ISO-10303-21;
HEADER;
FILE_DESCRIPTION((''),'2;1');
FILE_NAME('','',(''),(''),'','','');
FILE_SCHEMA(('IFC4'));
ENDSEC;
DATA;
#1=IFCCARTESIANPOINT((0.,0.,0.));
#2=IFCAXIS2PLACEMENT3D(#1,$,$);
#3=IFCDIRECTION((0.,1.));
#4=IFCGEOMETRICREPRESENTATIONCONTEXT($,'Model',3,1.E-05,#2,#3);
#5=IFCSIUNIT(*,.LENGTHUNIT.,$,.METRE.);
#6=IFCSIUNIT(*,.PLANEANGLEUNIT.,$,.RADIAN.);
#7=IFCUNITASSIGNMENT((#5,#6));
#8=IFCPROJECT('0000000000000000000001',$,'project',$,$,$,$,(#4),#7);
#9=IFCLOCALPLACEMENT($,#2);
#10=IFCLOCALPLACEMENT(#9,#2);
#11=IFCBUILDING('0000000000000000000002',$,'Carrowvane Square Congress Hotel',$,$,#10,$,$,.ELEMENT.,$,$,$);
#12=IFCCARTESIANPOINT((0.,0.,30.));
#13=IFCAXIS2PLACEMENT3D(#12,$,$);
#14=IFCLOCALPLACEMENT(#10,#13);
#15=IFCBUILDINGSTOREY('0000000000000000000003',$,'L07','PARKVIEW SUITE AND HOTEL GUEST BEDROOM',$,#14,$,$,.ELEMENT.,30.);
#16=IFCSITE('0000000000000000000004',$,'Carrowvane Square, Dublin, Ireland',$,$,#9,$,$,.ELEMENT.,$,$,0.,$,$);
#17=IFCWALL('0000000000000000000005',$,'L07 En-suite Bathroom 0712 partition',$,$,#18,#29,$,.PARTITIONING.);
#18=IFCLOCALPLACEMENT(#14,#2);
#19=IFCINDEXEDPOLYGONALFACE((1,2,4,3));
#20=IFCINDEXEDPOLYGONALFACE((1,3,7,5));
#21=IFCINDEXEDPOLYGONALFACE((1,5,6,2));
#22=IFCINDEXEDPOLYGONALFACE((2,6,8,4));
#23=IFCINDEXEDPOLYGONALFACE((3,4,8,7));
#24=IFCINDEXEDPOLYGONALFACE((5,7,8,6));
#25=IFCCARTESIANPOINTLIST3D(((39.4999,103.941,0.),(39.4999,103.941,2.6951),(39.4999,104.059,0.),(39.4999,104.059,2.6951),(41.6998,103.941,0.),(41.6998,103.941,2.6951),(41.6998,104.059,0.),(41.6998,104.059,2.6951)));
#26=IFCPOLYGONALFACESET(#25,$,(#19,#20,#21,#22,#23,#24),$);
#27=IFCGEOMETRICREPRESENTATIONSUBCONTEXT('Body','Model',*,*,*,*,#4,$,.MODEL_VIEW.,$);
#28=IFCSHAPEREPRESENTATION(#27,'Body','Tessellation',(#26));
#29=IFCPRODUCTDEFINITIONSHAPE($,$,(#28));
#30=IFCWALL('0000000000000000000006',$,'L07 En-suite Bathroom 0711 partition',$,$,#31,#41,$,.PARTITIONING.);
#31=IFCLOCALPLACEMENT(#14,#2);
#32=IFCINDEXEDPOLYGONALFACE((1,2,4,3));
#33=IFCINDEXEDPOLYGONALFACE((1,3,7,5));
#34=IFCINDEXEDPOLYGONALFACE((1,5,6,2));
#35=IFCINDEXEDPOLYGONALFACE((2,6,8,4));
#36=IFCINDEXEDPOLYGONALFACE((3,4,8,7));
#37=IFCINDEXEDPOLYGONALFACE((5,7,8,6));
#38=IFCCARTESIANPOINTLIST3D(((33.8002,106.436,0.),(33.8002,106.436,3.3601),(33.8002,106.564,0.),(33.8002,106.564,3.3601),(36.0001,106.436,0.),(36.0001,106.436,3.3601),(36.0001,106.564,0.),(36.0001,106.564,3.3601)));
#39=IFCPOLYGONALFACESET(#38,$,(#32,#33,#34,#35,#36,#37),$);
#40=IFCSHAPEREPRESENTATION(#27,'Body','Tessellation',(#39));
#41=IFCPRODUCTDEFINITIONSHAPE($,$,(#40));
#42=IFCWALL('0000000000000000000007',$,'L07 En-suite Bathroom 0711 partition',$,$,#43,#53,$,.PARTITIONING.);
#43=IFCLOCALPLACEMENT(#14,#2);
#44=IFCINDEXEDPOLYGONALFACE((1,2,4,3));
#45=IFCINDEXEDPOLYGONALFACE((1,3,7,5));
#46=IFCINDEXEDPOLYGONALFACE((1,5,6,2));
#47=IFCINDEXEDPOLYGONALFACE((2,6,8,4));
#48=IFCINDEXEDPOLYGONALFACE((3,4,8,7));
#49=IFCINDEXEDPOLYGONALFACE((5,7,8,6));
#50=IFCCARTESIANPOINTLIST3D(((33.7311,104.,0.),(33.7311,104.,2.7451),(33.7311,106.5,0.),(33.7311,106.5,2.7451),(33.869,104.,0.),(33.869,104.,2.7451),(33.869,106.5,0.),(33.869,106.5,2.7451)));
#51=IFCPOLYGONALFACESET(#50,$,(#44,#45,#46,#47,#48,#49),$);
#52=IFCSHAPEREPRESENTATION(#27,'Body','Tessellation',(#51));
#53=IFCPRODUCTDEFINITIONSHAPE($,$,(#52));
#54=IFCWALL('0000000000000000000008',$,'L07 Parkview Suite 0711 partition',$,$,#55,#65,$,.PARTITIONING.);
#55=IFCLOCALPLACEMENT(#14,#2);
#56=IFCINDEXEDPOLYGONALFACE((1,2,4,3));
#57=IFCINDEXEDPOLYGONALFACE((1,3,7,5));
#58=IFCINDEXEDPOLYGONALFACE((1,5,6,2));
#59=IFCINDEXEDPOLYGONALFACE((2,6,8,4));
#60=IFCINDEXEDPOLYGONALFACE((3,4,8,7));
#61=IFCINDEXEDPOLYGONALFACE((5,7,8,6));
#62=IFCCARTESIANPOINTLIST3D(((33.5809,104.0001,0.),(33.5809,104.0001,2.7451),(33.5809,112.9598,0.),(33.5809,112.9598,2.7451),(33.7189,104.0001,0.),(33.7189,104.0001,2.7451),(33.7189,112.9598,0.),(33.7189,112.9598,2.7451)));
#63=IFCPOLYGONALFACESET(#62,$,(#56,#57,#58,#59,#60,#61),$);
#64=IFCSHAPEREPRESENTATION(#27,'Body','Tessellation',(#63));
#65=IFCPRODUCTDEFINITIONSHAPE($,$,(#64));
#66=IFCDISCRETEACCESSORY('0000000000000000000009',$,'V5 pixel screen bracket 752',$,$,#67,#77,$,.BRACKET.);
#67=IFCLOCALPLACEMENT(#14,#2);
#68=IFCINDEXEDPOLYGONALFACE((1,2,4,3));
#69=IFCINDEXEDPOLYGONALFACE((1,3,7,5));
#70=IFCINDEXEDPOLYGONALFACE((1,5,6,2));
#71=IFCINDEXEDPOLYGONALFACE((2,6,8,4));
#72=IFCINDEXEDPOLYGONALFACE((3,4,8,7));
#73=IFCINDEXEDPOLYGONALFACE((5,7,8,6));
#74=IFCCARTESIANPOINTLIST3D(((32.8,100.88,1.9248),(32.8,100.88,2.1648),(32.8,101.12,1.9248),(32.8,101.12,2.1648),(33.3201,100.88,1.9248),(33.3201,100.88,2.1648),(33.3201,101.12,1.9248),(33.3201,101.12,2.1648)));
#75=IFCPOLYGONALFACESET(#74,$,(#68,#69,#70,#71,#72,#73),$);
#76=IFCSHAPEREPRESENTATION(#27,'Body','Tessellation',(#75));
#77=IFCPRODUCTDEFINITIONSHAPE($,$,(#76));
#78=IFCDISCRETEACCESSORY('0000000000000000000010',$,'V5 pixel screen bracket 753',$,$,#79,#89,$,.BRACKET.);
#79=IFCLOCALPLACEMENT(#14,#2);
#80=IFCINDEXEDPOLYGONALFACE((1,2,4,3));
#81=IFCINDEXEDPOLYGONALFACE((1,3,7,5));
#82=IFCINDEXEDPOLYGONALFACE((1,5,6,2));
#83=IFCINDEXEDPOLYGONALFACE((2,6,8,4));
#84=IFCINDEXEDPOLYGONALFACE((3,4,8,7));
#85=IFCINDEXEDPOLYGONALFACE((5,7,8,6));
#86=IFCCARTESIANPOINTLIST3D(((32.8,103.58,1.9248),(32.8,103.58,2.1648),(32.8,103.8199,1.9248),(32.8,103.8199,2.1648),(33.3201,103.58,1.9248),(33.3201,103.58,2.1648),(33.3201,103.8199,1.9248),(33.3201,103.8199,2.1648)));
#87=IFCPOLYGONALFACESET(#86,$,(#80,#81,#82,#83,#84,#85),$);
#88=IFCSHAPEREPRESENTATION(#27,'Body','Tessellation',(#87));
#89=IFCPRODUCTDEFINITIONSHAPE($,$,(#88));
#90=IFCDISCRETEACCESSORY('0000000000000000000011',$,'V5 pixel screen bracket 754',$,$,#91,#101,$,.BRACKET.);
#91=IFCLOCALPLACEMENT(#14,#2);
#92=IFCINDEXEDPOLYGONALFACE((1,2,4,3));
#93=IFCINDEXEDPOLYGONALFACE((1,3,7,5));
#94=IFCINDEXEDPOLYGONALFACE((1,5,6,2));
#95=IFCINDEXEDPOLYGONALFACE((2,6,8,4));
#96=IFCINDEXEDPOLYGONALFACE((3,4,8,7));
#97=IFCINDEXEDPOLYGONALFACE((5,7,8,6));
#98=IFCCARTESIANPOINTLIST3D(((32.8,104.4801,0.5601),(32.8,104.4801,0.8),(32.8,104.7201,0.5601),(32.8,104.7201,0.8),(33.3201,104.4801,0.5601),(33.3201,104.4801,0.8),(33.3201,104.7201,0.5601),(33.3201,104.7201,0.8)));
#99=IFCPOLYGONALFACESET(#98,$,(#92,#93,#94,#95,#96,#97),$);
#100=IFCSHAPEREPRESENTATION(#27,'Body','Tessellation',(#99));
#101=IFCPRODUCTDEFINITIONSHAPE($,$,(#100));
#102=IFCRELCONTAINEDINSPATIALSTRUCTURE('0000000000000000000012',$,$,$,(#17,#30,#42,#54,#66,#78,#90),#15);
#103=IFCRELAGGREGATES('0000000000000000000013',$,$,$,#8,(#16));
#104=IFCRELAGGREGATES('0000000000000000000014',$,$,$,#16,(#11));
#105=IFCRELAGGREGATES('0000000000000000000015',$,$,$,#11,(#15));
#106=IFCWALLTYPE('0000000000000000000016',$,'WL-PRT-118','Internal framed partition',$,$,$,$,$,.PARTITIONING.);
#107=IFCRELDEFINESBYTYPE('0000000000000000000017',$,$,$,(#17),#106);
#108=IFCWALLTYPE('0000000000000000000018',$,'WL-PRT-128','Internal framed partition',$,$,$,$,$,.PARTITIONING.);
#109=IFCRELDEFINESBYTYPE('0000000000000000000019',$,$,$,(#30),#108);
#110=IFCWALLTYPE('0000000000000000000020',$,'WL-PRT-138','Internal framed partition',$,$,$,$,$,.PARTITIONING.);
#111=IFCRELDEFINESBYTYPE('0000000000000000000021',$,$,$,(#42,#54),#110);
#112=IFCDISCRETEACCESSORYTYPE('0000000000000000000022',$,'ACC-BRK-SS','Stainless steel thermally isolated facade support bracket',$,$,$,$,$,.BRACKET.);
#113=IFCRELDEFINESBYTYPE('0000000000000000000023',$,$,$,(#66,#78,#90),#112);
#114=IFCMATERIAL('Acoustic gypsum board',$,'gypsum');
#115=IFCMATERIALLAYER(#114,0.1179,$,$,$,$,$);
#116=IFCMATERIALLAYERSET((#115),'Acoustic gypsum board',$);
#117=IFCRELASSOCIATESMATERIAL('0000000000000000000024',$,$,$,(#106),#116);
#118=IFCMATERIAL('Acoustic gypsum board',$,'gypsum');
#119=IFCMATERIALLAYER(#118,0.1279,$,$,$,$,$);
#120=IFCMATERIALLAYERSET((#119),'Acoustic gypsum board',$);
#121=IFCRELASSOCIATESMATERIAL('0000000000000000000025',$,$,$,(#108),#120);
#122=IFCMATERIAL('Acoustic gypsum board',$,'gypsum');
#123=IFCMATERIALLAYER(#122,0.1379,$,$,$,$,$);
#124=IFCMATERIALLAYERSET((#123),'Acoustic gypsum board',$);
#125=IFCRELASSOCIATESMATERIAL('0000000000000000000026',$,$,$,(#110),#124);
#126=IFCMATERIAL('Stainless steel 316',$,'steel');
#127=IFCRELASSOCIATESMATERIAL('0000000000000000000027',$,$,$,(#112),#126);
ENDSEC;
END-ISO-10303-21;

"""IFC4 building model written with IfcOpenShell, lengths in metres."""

from ifc_helpers import new_model, si_unit, direction, frame, frame_2d, origin, origin_2d, place, context, subcontext, project, spatial, rectangle, extrude, material, layer, layer_set, type_object, element, save


model = new_model("IFC4")

# Units and contexts
model_context = context("Model", 3, precision=1e-05, world=origin(), true_north=direction((0.0, 1.0)))
body_context = subcontext(model_context, "Body", "Model", "MODEL_VIEW")
ifc_project = project(units=[si_unit("LENGTHUNIT", "METRE"), si_unit("PLANEANGLEUNIT", "RADIAN")], contexts=[model_context])

# Site, building, storey
site_placement = place(None, origin())
site = spatial("IfcSite", under=ifc_project, at=site_placement, Name="Carrowvane Square, Dublin, Ireland", CompositionType="ELEMENT", RefElevation=0.0)
building_placement = place(site_placement, origin())
building = spatial("IfcBuilding", under=site, at=building_placement, Name="Carrowvane Square Congress Hotel", CompositionType="ELEMENT")
storey_placement = place(building_placement, frame((0.0, 0.0, 30.0)))
storey = spatial("IfcBuildingStorey", under=building, at=storey_placement, Name="L07", Description="PARKVIEW SUITE AND HOTEL GUEST BEDROOM", CompositionType="ELEMENT", Elevation=30.0)

# Walls
ifc_material_1 = material(Name="Acoustic gypsum board", Category="gypsum")
ifc_layer_1 = layer(ifc_material_1, 0.1179)
ifc_layer_set_1 = layer_set([ifc_layer_1], Name="Acoustic gypsum board")
wall_type_1 = type_object("IfcWallType", Name="WL-PRT-118", Description="Internal framed partition", PredefinedType="PARTITIONING", material=ifc_layer_set_1)
wall_1_placement = place(storey_placement, frame((41.7, 104.0, 0.0), z_axis=(0.0, 0.0, 1.0), x_axis=(-1.0, 0.0, 0.0)))
element("IfcWall", 1, at=wall_1_placement, inside=storey, type_object=wall_type_1, Name="L07 En-suite Bathroom 0712 partition", PredefinedType="PARTITIONING", context=body_context, shape_type="SweptSolid", body=[
    extrude(rectangle(XDim=2.2, YDim=0.1179, at=frame_2d((1.1001, 0.0))), origin(), (0.0, 0.0, 1.0), 2.6951),
])
ifc_material_2 = material(Name="Acoustic gypsum board", Category="gypsum")
ifc_layer_2 = layer(ifc_material_2, 0.1279)
ifc_layer_set_2 = layer_set([ifc_layer_2], Name="Acoustic gypsum board")
wall_type_2 = type_object("IfcWallType", Name="WL-PRT-128", Description="Internal framed partition", PredefinedType="PARTITIONING", material=ifc_layer_set_2)
wall_2_placement = place(storey_placement, frame((33.8, 106.5, 0.0), z_axis=(0.0, 0.0, 1.0), x_axis=(1.0, 0.0, 0.0)))
element("IfcWall", 2, at=wall_2_placement, inside=storey, type_object=wall_type_2, Name="L07 En-suite Bathroom 0711 partition", PredefinedType="PARTITIONING", context=body_context, shape_type="SweptSolid", body=[
    extrude(rectangle(XDim=2.2, YDim=0.1279, at=frame_2d((1.1001, 0.0))), origin(), (0.0, 0.0, 1.0), 3.3601),
])
ifc_material_3 = material(Name="Acoustic gypsum board", Category="gypsum")
ifc_layer_3 = layer(ifc_material_3, 0.1379)
ifc_layer_set_3 = layer_set([ifc_layer_3], Name="Acoustic gypsum board")
wall_type_3 = type_object("IfcWallType", Name="WL-PRT-138", Description="Internal framed partition", PredefinedType="PARTITIONING", material=ifc_layer_set_3)
wall_3_placement = place(storey_placement, frame((33.8, 104.0, 0.0), z_axis=(0.0, 0.0, 1.0), x_axis=(0.0, 1.0, 0.0)))
element("IfcWall", 3, at=wall_3_placement, inside=storey, type_object=wall_type_3, Name="L07 En-suite Bathroom 0711 partition", PredefinedType="PARTITIONING", context=body_context, shape_type="SweptSolid", body=[
    extrude(rectangle(XDim=2.5, YDim=0.1379, at=frame_2d((1.25, 0.0))), origin(), (0.0, 0.0, 1.0), 2.7451),
])
wall_4_placement = place(storey_placement, frame((33.6499, 104.0, 0.0), z_axis=(0.0, 0.0, 1.0), x_axis=(0.0, 1.0, 0.0)))
element("IfcWall", 4, at=wall_4_placement, inside=storey, type_object=wall_type_3, Name="L07 Parkview Suite 0711 partition", PredefinedType="PARTITIONING", context=body_context, shape_type="SweptSolid", body=[
    extrude(rectangle(XDim=8.9597, YDim=0.1379, at=frame_2d((4.48, 0.0))), origin(), (0.0, 0.0, 1.0), 2.7451),
])

# Discrete accessories
ifc_material_4 = material(Name="Stainless steel 316", Category="steel")
discrete_accessory_type = type_object("IfcDiscreteAccessoryType", Name="ACC-BRK-SS", Description="Stainless steel thermally isolated facade support bracket", PredefinedType="BRACKET", material=ifc_material_4)
for number, where, z_axis, x_axis, name in (
    (5, (33.0601, 101.0, 1.9248), (0.0, 0.0, 1.0), (0.0, 1.0, 0.0), "V5 pixel screen bracket 752"),
    (6, (33.0601, 103.7, 1.9248), (0.0, 0.0, 1.0), (0.0, 1.0, 0.0), "V5 pixel screen bracket 753"),
    (7, (33.0601, 104.6001, 0.5601), (0.0, 0.0, 1.0), (0.0, 1.0, 0.0), "V5 pixel screen bracket 754"),
):
    element("IfcDiscreteAccessory", number, at=place(storey_placement, frame(where, z_axis=z_axis, x_axis=x_axis)), inside=storey, type_object=discrete_accessory_type, Name=name, PredefinedType="BRACKET", context=body_context, shape_type="SweptSolid", body=[
        extrude(rectangle(XDim=0.24, YDim=0.52, at=origin_2d()), origin(), (0.0, 0.0, 1.0), 0.24),
    ])

save(model, "model.ifc")
